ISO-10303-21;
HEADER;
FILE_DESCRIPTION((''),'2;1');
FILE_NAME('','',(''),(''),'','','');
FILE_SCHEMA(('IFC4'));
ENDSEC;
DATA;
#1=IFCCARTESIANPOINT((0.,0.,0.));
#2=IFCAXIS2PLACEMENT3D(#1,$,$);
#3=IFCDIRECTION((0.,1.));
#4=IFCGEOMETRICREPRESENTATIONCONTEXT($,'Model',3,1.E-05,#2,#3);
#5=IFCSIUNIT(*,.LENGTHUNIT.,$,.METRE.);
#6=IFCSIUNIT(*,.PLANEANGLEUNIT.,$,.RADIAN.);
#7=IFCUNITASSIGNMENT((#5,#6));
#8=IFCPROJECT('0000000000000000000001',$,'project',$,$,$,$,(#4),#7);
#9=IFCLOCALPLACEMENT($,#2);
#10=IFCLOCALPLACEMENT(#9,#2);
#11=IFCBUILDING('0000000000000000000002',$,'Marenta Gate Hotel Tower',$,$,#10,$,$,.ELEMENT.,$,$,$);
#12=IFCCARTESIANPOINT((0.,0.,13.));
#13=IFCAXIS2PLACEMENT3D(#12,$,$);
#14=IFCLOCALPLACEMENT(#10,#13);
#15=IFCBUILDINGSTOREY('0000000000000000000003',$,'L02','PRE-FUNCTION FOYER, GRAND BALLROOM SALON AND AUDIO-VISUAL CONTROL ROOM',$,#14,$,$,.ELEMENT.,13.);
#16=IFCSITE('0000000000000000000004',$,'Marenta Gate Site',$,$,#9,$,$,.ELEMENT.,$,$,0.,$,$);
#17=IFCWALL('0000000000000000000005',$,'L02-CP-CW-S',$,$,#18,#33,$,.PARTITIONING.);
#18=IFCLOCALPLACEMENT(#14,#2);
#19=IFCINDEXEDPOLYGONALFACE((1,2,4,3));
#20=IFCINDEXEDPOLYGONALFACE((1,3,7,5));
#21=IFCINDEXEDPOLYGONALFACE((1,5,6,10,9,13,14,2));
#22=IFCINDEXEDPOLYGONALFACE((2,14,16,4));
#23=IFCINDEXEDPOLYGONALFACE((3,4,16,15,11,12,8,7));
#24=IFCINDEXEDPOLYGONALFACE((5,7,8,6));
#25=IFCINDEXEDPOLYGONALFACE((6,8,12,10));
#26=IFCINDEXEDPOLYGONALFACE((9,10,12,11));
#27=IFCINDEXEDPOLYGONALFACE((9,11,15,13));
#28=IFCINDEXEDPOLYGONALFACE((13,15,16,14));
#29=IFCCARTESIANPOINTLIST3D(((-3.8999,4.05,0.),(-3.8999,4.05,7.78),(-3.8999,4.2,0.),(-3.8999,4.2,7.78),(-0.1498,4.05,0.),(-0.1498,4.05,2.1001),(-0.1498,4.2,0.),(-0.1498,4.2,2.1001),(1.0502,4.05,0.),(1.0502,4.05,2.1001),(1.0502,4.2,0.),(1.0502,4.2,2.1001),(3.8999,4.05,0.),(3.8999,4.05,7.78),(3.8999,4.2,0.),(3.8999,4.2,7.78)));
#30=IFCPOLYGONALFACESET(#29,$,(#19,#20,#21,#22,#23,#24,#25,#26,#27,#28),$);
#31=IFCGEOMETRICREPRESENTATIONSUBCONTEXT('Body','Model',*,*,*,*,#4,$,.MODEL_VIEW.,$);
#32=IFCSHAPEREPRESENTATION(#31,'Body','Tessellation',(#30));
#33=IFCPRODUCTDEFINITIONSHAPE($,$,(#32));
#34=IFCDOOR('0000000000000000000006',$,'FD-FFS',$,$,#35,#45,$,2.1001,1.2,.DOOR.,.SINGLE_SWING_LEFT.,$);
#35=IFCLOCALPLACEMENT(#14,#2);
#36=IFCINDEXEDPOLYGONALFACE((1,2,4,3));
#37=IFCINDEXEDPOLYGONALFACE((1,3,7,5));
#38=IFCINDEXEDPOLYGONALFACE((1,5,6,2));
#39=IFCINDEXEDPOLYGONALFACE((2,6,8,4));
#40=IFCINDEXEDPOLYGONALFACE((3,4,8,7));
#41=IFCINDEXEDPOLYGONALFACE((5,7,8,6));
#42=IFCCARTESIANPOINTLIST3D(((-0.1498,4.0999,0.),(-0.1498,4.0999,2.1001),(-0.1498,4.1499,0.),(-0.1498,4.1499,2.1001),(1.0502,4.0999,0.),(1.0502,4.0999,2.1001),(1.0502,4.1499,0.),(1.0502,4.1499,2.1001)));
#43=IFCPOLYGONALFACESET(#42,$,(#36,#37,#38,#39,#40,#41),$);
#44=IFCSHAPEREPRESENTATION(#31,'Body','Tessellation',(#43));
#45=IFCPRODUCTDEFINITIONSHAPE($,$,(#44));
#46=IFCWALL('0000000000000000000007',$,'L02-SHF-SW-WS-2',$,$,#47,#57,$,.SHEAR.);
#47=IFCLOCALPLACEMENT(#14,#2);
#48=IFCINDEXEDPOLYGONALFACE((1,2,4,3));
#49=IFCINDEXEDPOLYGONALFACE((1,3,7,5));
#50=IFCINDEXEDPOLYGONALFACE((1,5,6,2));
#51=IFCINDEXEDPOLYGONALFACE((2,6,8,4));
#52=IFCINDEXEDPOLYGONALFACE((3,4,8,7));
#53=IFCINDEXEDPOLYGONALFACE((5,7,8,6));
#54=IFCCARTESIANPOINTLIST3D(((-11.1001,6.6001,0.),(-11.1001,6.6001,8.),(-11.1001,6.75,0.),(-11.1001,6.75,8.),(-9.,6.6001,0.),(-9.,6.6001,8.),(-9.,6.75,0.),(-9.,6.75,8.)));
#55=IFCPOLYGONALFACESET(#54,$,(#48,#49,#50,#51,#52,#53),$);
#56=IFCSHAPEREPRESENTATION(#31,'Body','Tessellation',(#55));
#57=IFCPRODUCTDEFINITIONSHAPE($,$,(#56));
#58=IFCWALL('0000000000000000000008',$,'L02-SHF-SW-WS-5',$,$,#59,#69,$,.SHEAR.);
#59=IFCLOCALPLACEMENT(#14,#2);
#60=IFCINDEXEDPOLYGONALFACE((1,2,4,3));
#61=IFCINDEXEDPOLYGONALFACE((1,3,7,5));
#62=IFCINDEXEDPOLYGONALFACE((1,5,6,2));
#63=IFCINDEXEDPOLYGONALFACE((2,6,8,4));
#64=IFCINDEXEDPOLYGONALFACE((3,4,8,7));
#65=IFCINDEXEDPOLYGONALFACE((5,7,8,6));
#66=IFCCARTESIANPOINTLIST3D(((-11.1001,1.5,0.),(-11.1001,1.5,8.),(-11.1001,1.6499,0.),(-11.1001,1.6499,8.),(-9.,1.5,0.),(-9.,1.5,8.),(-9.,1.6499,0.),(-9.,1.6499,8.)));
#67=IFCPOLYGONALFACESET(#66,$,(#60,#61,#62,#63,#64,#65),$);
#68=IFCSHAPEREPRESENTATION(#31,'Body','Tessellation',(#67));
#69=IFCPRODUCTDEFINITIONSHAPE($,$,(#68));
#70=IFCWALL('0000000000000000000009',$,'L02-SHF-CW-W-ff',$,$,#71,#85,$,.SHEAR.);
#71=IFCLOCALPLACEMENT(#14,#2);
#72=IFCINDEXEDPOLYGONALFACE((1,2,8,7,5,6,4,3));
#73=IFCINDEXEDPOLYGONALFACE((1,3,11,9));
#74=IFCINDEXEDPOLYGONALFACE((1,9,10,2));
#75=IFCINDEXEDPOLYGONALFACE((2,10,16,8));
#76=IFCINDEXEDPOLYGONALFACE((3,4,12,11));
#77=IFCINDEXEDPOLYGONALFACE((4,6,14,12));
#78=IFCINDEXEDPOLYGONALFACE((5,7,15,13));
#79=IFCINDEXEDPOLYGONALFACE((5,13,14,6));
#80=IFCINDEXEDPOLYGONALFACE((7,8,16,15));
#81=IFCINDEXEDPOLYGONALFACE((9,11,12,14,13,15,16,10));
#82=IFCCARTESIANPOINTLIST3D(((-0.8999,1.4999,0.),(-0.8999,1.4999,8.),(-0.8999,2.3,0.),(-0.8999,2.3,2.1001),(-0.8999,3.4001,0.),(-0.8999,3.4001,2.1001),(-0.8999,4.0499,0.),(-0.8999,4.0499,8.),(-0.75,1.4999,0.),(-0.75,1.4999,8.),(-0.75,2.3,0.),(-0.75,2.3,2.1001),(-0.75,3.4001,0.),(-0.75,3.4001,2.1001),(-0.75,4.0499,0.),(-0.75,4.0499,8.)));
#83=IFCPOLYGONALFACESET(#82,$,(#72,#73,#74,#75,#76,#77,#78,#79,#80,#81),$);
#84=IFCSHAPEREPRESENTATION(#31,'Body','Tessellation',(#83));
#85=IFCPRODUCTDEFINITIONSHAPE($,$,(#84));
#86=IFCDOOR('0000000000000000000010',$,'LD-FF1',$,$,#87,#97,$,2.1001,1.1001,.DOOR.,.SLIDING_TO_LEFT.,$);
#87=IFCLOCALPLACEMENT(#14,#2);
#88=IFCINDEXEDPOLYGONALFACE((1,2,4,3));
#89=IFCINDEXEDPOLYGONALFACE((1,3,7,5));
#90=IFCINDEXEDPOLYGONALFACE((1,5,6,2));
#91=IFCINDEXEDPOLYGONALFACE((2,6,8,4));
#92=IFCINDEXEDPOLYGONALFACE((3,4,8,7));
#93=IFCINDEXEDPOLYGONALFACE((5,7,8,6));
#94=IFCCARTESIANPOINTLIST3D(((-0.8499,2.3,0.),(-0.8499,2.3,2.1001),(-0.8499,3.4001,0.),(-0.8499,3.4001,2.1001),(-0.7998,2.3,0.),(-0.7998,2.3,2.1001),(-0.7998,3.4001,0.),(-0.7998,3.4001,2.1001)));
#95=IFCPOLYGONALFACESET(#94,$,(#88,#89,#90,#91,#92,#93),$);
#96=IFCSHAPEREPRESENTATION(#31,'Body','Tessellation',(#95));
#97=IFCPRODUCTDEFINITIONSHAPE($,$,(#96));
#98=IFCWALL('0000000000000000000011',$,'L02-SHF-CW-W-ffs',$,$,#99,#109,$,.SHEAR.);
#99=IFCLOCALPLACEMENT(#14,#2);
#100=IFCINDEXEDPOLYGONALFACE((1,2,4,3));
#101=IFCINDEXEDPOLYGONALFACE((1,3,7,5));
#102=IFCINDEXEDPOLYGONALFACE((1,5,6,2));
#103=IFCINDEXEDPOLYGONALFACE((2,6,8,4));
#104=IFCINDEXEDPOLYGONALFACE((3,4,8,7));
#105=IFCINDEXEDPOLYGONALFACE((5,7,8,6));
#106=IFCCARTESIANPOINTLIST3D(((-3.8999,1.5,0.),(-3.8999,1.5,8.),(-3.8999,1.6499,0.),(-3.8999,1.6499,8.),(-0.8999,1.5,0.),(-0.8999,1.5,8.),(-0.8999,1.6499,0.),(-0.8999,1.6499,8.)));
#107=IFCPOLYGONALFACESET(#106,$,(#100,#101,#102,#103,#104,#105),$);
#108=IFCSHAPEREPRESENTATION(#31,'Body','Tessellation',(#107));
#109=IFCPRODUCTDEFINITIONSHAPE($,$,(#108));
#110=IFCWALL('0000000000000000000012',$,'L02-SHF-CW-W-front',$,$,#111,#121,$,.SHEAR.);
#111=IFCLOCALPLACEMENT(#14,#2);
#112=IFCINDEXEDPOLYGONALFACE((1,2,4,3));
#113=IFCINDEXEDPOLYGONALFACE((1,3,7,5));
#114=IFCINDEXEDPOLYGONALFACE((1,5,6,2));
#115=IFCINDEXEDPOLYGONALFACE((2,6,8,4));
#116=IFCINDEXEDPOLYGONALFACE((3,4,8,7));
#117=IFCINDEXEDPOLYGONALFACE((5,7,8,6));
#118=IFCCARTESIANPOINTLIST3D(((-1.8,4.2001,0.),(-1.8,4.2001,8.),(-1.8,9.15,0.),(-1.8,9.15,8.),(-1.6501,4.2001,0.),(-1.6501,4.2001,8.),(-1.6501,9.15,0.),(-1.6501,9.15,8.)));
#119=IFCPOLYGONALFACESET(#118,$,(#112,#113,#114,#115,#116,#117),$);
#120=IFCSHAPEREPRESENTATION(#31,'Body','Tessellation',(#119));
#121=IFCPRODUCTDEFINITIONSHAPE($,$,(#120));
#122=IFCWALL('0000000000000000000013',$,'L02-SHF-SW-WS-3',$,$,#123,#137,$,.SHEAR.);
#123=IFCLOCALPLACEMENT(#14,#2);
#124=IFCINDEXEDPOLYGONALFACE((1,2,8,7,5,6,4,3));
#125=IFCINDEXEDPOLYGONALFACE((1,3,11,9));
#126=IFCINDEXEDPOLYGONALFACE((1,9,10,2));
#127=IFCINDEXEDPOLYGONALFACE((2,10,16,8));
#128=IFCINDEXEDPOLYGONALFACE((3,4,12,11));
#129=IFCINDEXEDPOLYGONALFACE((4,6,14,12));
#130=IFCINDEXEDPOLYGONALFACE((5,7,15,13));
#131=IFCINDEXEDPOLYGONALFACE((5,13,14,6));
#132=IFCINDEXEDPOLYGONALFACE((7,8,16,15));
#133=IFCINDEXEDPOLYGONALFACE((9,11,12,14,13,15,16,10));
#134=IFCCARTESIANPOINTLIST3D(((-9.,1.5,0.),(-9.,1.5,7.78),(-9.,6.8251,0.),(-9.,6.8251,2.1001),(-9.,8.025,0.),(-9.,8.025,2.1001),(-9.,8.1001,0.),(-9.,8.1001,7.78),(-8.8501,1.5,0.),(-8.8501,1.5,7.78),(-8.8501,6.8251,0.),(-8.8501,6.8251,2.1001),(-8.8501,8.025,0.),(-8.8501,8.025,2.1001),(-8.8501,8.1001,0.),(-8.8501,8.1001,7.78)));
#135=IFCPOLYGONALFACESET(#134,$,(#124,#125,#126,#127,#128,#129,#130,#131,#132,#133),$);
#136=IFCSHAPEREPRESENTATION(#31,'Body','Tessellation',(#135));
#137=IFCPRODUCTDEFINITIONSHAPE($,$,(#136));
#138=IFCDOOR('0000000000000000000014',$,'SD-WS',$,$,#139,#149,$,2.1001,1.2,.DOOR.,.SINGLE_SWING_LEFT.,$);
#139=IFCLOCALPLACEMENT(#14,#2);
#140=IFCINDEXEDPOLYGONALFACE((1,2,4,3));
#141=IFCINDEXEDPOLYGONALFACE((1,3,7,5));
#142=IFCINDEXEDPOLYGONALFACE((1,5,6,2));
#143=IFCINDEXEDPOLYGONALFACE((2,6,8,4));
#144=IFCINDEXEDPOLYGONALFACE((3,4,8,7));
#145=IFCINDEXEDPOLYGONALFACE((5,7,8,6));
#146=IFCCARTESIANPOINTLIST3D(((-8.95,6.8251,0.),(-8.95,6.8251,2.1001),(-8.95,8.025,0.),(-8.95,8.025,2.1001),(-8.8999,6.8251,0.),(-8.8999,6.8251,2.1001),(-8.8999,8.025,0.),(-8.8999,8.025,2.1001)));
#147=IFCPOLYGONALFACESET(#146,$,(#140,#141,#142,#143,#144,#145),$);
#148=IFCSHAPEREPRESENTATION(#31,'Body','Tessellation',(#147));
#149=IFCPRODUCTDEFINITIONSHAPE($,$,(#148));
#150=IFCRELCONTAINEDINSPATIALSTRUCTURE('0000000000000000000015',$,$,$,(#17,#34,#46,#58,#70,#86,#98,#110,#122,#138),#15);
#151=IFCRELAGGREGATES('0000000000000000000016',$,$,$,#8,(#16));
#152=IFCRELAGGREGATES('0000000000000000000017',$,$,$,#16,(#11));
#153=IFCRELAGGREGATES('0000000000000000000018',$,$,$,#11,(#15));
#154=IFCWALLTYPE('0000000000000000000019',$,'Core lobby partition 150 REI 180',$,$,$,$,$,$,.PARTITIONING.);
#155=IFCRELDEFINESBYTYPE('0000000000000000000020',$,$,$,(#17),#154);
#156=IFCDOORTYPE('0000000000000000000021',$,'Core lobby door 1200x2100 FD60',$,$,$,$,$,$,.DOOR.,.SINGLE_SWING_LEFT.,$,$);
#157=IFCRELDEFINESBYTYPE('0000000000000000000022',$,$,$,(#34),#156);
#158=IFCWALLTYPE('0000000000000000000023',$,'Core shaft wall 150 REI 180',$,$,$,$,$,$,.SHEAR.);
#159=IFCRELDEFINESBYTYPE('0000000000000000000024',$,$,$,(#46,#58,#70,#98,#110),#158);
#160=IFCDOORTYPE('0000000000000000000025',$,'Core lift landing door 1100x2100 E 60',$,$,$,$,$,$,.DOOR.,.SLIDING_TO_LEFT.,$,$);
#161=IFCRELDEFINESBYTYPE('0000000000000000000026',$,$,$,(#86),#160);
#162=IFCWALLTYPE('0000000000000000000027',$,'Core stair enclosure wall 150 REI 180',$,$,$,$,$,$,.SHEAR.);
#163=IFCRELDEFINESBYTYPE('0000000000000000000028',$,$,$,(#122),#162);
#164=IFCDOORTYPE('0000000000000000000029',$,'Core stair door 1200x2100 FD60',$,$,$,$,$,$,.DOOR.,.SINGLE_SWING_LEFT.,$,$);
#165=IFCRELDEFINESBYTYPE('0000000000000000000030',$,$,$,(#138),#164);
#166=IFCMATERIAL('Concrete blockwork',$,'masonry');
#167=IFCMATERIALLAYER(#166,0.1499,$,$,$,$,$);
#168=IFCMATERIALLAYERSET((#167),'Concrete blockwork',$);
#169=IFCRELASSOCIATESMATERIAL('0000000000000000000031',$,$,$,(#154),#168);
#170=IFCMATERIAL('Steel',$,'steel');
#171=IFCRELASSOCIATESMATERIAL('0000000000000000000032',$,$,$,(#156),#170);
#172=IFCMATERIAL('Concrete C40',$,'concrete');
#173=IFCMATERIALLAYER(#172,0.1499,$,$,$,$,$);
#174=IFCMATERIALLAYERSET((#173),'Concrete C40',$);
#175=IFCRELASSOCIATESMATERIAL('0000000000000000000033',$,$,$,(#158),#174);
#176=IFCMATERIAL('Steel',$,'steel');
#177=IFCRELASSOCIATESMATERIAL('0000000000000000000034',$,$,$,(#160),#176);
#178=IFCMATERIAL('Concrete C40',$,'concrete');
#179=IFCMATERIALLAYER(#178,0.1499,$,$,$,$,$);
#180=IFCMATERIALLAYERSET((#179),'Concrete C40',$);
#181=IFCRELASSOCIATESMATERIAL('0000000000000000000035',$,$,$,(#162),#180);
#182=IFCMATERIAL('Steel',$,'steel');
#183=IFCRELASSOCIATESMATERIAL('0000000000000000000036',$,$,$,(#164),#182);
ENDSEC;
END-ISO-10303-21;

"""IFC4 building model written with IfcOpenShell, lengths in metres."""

from ifc_helpers import new_model, si_unit, direction, frame, frame_2d, origin, place, context, subcontext, project, spatial, rectangle, extrude, material, layer, layer_set, type_object, element, fill, save


model = new_model("IFC4")

# Units and contexts
model_context = context("Model", 3, precision=1e-05, world=origin(), true_north=direction((0.0, 1.0)))
body_context = subcontext(model_context, "Body", "Model", "MODEL_VIEW")
ifc_project = project(units=[si_unit("LENGTHUNIT", "METRE"), si_unit("PLANEANGLEUNIT", "RADIAN")], contexts=[model_context])

# Site, building, storey
site_placement = place(None, origin())
site = spatial("IfcSite", under=ifc_project, at=site_placement, Name="Marenta Gate Site", CompositionType="ELEMENT", RefElevation=0.0)
building_placement = place(site_placement, origin())
building = spatial("IfcBuilding", under=site, at=building_placement, Name="Marenta Gate Hotel Tower", CompositionType="ELEMENT")
storey_placement = place(building_placement, frame((0.0, 0.0, 13.0)))
storey = spatial("IfcBuildingStorey", under=building, at=storey_placement, Name="L02", Description="PRE-FUNCTION FOYER, GRAND BALLROOM SALON AND AUDIO-VISUAL CONTROL ROOM", CompositionType="ELEMENT", Elevation=13.0)

# Wall, opening, door
ifc_material_1 = material(Name="Concrete blockwork", Category="masonry")
ifc_layer_1 = layer(ifc_material_1, 0.1499)
ifc_layer_set_1 = layer_set([ifc_layer_1], Name="Concrete blockwork")
wall_type_1 = type_object("IfcWallType", Name="Core lobby partition 150 REI 180", PredefinedType="PARTITIONING", material=ifc_layer_set_1)
wall_1_placement = place(storey_placement, frame((-3.8999, 4.125, 0.0), z_axis=(0.0, 0.0, 1.0), x_axis=(1.0, 0.0, 0.0)))
wall_1 = element("IfcWall", 1, at=wall_1_placement, inside=storey, type_object=wall_type_1, Name="L02-CP-CW-S", PredefinedType="PARTITIONING", context=body_context, shape_type="SweptSolid", body=[
    extrude(rectangle(XDim=7.7998, YDim=0.1499, at=frame_2d((3.8999, 0.0))), origin(), (0.0, 0.0, 1.0), 7.78),
])
opening_1_placement = place(wall_1_placement, frame((3.75, 0.0, 0.0)))
opening_1 = element("IfcOpeningElement", 2, at=opening_1_placement, cuts=wall_1, PredefinedType="OPENING", context=body_context, shape_type="SweptSolid", body=[
    extrude(rectangle(XDim=1.2, YDim=2.1001, at=frame_2d((0.6001, 1.05))), frame((0.0, 0.075, 0.0), z_axis=(0.0, -1.0, 0.0), x_axis=(1.0, 0.0, 0.0)), (0.0, 0.0, 1.0), 0.1499),
])
ifc_material_2 = material(Name="Steel", Category="steel")
door_type_1 = type_object("IfcDoorType", Name="Core lobby door 1200x2100 FD60", OperationType="SINGLE_SWING_LEFT", PredefinedType="DOOR", material=ifc_material_2)
door_1_placement = place(opening_1_placement, origin())
door_1 = element("IfcDoor", 3, at=door_1_placement, inside=storey, type_object=door_type_1, Name="FD-FFS", OperationType="SINGLE_SWING_LEFT", OverallHeight=2.1001, OverallWidth=1.2, PredefinedType="DOOR", context=body_context, shape_type="SweptSolid", body=[
    extrude(rectangle(XDim=1.2, YDim=2.1001, at=frame_2d((0.6001, 1.05))), frame((0.0, 0.0249, 0.0), z_axis=(0.0, -1.0, 0.0), x_axis=(1.0, 0.0, 0.0)), (0.0, 0.0, 1.0), 0.05),
])
fill(opening_1, door_1)

# Walls
ifc_material_3 = material(Name="Concrete C40", Category="concrete")
ifc_layer_2 = layer(ifc_material_3, 0.1499)
ifc_layer_set_2 = layer_set([ifc_layer_2], Name="Concrete C40")
wall_type_2 = type_object("IfcWallType", Name="Core shaft wall 150 REI 180", PredefinedType="SHEAR", material=ifc_layer_set_2)
for number, where, z_axis, x_axis, name in (
    (4, (-11.1001, 6.675, 0.0), (0.0, 0.0, 1.0), (1.0, 0.0, 0.0), "L02-SHF-SW-WS-2"),
    (5, (-11.1001, 1.575, 0.0), (0.0, 0.0, 1.0), (1.0, 0.0, 0.0), "L02-SHF-SW-WS-5"),
):
    element("IfcWall", number, at=place(storey_placement, frame(where, z_axis=z_axis, x_axis=x_axis)), inside=storey, type_object=wall_type_2, Name=name, PredefinedType="SHEAR", context=body_context, shape_type="SweptSolid", body=[
        extrude(rectangle(XDim=2.1001, YDim=0.1499, at=frame_2d((1.05, 0.0))), origin(), (0.0, 0.0, 1.0), 8.0),
    ])

# Wall, opening, door
wall_2_placement = place(storey_placement, frame((-0.825, 1.5, 0.0), z_axis=(0.0, 0.0, 1.0), x_axis=(0.0, 1.0, 0.0)))
wall_2 = element("IfcWall", 6, at=wall_2_placement, inside=storey, type_object=wall_type_2, Name="L02-SHF-CW-W-ff", PredefinedType="SHEAR", context=body_context, shape_type="SweptSolid", body=[
    extrude(rectangle(XDim=2.55, YDim=0.1499, at=frame_2d((1.2749, 0.0))), origin(), (0.0, 0.0, 1.0), 8.0),
])
opening_2_placement = place(wall_2_placement, frame((0.8, 0.0, 0.0)))
opening_2 = element("IfcOpeningElement", 7, at=opening_2_placement, cuts=wall_2, PredefinedType="OPENING", context=body_context, shape_type="SweptSolid", body=[
    extrude(rectangle(XDim=1.1001, YDim=2.1001, at=frame_2d((0.55, 1.05))), frame((0.0, 0.075, 0.0), z_axis=(0.0, -1.0, 0.0), x_axis=(1.0, 0.0, 0.0)), (0.0, 0.0, 1.0), 0.1499),
])
ifc_material_4 = material(Name="Steel", Category="steel")
door_type_2 = type_object("IfcDoorType", Name="Core lift landing door 1100x2100 E 60", OperationType="SLIDING_TO_LEFT", PredefinedType="DOOR", material=ifc_material_4)
door_2_placement = place(opening_2_placement, origin())
door_2 = element("IfcDoor", 8, at=door_2_placement, inside=storey, type_object=door_type_2, Name="LD-FF1", OperationType="SLIDING_TO_LEFT", OverallHeight=2.1001, OverallWidth=1.1001, PredefinedType="DOOR", context=body_context, shape_type="SweptSolid", body=[
    extrude(rectangle(XDim=1.1001, YDim=2.1001, at=frame_2d((0.55, 1.05))), frame((0.0, 0.0249, 0.0), z_axis=(0.0, -1.0, 0.0), x_axis=(1.0, 0.0, 0.0)), (0.0, 0.0, 1.0), 0.05),
])
fill(opening_2, door_2)

# Walls
wall_3_placement = place(storey_placement, frame((-3.8999, 1.575, 0.0), z_axis=(0.0, 0.0, 1.0), x_axis=(1.0, 0.0, 0.0)))
element("IfcWall", 9, at=wall_3_placement, inside=storey, type_object=wall_type_2, Name="L02-SHF-CW-W-ffs", PredefinedType="SHEAR", context=body_context, shape_type="SweptSolid", body=[
    extrude(rectangle(XDim=3.0, YDim=0.1499, at=frame_2d((1.5, 0.0))), origin(), (0.0, 0.0, 1.0), 8.0),
])
wall_4_placement = place(storey_placement, frame((-1.7251, 4.2, 0.0), z_axis=(0.0, 0.0, 1.0), x_axis=(0.0, 1.0, 0.0)))
element("IfcWall", 10, at=wall_4_placement, inside=storey, type_object=wall_type_2, Name="L02-SHF-CW-W-front", PredefinedType="SHEAR", context=body_context, shape_type="SweptSolid", body=[
    extrude(rectangle(XDim=4.95, YDim=0.1499, at=frame_2d((2.4751, 0.0))), origin(), (0.0, 0.0, 1.0), 8.0),
])

# Wall, opening, door
ifc_material_5 = material(Name="Concrete C40", Category="concrete")
ifc_layer_3 = layer(ifc_material_5, 0.1499)
ifc_layer_set_3 = layer_set([ifc_layer_3], Name="Concrete C40")
wall_type_3 = type_object("IfcWallType", Name="Core stair enclosure wall 150 REI 180", PredefinedType="SHEAR", material=ifc_layer_set_3)
wall_5_placement = place(storey_placement, frame((-8.925, 1.5, 0.0), z_axis=(0.0, 0.0, 1.0), x_axis=(0.0, 1.0, 0.0)))
wall_5 = element("IfcWall", 11, at=wall_5_placement, inside=storey, type_object=wall_type_3, Name="L02-SHF-SW-WS-3", PredefinedType="SHEAR", context=body_context, shape_type="SweptSolid", body=[
    extrude(rectangle(XDim=6.6001, YDim=0.1499, at=frame_2d((3.3, 0.0))), origin(), (0.0, 0.0, 1.0), 7.78),
])
opening_3_placement = place(wall_5_placement, frame((5.325, 0.0, 0.0)))
opening_3 = element("IfcOpeningElement", 12, at=opening_3_placement, cuts=wall_5, PredefinedType="OPENING", context=body_context, shape_type="SweptSolid", body=[
    extrude(rectangle(XDim=1.2, YDim=2.1001, at=frame_2d((0.6001, 1.05))), frame((0.0, 0.075, 0.0), z_axis=(0.0, -1.0, 0.0), x_axis=(1.0, 0.0, 0.0)), (0.0, 0.0, 1.0), 0.1499),
])
ifc_material_6 = material(Name="Steel", Category="steel")
door_type_3 = type_object("IfcDoorType", Name="Core stair door 1200x2100 FD60", OperationType="SINGLE_SWING_LEFT", PredefinedType="DOOR", material=ifc_material_6)
door_3_placement = place(opening_3_placement, origin())
door_3 = element("IfcDoor", 13, at=door_3_placement, inside=storey, type_object=door_type_3, Name="SD-WS", OperationType="SINGLE_SWING_LEFT", OverallHeight=2.1001, OverallWidth=1.2, PredefinedType="DOOR", context=body_context, shape_type="SweptSolid", body=[
    extrude(rectangle(XDim=1.2, YDim=2.1001, at=frame_2d((0.6001, 1.05))), frame((0.0, 0.0249, 0.0), z_axis=(0.0, -1.0, 0.0), x_axis=(1.0, 0.0, 0.0)), (0.0, 0.0, 1.0), 0.05),
])
fill(opening_3, door_3)

save(model, "model.ifc")
